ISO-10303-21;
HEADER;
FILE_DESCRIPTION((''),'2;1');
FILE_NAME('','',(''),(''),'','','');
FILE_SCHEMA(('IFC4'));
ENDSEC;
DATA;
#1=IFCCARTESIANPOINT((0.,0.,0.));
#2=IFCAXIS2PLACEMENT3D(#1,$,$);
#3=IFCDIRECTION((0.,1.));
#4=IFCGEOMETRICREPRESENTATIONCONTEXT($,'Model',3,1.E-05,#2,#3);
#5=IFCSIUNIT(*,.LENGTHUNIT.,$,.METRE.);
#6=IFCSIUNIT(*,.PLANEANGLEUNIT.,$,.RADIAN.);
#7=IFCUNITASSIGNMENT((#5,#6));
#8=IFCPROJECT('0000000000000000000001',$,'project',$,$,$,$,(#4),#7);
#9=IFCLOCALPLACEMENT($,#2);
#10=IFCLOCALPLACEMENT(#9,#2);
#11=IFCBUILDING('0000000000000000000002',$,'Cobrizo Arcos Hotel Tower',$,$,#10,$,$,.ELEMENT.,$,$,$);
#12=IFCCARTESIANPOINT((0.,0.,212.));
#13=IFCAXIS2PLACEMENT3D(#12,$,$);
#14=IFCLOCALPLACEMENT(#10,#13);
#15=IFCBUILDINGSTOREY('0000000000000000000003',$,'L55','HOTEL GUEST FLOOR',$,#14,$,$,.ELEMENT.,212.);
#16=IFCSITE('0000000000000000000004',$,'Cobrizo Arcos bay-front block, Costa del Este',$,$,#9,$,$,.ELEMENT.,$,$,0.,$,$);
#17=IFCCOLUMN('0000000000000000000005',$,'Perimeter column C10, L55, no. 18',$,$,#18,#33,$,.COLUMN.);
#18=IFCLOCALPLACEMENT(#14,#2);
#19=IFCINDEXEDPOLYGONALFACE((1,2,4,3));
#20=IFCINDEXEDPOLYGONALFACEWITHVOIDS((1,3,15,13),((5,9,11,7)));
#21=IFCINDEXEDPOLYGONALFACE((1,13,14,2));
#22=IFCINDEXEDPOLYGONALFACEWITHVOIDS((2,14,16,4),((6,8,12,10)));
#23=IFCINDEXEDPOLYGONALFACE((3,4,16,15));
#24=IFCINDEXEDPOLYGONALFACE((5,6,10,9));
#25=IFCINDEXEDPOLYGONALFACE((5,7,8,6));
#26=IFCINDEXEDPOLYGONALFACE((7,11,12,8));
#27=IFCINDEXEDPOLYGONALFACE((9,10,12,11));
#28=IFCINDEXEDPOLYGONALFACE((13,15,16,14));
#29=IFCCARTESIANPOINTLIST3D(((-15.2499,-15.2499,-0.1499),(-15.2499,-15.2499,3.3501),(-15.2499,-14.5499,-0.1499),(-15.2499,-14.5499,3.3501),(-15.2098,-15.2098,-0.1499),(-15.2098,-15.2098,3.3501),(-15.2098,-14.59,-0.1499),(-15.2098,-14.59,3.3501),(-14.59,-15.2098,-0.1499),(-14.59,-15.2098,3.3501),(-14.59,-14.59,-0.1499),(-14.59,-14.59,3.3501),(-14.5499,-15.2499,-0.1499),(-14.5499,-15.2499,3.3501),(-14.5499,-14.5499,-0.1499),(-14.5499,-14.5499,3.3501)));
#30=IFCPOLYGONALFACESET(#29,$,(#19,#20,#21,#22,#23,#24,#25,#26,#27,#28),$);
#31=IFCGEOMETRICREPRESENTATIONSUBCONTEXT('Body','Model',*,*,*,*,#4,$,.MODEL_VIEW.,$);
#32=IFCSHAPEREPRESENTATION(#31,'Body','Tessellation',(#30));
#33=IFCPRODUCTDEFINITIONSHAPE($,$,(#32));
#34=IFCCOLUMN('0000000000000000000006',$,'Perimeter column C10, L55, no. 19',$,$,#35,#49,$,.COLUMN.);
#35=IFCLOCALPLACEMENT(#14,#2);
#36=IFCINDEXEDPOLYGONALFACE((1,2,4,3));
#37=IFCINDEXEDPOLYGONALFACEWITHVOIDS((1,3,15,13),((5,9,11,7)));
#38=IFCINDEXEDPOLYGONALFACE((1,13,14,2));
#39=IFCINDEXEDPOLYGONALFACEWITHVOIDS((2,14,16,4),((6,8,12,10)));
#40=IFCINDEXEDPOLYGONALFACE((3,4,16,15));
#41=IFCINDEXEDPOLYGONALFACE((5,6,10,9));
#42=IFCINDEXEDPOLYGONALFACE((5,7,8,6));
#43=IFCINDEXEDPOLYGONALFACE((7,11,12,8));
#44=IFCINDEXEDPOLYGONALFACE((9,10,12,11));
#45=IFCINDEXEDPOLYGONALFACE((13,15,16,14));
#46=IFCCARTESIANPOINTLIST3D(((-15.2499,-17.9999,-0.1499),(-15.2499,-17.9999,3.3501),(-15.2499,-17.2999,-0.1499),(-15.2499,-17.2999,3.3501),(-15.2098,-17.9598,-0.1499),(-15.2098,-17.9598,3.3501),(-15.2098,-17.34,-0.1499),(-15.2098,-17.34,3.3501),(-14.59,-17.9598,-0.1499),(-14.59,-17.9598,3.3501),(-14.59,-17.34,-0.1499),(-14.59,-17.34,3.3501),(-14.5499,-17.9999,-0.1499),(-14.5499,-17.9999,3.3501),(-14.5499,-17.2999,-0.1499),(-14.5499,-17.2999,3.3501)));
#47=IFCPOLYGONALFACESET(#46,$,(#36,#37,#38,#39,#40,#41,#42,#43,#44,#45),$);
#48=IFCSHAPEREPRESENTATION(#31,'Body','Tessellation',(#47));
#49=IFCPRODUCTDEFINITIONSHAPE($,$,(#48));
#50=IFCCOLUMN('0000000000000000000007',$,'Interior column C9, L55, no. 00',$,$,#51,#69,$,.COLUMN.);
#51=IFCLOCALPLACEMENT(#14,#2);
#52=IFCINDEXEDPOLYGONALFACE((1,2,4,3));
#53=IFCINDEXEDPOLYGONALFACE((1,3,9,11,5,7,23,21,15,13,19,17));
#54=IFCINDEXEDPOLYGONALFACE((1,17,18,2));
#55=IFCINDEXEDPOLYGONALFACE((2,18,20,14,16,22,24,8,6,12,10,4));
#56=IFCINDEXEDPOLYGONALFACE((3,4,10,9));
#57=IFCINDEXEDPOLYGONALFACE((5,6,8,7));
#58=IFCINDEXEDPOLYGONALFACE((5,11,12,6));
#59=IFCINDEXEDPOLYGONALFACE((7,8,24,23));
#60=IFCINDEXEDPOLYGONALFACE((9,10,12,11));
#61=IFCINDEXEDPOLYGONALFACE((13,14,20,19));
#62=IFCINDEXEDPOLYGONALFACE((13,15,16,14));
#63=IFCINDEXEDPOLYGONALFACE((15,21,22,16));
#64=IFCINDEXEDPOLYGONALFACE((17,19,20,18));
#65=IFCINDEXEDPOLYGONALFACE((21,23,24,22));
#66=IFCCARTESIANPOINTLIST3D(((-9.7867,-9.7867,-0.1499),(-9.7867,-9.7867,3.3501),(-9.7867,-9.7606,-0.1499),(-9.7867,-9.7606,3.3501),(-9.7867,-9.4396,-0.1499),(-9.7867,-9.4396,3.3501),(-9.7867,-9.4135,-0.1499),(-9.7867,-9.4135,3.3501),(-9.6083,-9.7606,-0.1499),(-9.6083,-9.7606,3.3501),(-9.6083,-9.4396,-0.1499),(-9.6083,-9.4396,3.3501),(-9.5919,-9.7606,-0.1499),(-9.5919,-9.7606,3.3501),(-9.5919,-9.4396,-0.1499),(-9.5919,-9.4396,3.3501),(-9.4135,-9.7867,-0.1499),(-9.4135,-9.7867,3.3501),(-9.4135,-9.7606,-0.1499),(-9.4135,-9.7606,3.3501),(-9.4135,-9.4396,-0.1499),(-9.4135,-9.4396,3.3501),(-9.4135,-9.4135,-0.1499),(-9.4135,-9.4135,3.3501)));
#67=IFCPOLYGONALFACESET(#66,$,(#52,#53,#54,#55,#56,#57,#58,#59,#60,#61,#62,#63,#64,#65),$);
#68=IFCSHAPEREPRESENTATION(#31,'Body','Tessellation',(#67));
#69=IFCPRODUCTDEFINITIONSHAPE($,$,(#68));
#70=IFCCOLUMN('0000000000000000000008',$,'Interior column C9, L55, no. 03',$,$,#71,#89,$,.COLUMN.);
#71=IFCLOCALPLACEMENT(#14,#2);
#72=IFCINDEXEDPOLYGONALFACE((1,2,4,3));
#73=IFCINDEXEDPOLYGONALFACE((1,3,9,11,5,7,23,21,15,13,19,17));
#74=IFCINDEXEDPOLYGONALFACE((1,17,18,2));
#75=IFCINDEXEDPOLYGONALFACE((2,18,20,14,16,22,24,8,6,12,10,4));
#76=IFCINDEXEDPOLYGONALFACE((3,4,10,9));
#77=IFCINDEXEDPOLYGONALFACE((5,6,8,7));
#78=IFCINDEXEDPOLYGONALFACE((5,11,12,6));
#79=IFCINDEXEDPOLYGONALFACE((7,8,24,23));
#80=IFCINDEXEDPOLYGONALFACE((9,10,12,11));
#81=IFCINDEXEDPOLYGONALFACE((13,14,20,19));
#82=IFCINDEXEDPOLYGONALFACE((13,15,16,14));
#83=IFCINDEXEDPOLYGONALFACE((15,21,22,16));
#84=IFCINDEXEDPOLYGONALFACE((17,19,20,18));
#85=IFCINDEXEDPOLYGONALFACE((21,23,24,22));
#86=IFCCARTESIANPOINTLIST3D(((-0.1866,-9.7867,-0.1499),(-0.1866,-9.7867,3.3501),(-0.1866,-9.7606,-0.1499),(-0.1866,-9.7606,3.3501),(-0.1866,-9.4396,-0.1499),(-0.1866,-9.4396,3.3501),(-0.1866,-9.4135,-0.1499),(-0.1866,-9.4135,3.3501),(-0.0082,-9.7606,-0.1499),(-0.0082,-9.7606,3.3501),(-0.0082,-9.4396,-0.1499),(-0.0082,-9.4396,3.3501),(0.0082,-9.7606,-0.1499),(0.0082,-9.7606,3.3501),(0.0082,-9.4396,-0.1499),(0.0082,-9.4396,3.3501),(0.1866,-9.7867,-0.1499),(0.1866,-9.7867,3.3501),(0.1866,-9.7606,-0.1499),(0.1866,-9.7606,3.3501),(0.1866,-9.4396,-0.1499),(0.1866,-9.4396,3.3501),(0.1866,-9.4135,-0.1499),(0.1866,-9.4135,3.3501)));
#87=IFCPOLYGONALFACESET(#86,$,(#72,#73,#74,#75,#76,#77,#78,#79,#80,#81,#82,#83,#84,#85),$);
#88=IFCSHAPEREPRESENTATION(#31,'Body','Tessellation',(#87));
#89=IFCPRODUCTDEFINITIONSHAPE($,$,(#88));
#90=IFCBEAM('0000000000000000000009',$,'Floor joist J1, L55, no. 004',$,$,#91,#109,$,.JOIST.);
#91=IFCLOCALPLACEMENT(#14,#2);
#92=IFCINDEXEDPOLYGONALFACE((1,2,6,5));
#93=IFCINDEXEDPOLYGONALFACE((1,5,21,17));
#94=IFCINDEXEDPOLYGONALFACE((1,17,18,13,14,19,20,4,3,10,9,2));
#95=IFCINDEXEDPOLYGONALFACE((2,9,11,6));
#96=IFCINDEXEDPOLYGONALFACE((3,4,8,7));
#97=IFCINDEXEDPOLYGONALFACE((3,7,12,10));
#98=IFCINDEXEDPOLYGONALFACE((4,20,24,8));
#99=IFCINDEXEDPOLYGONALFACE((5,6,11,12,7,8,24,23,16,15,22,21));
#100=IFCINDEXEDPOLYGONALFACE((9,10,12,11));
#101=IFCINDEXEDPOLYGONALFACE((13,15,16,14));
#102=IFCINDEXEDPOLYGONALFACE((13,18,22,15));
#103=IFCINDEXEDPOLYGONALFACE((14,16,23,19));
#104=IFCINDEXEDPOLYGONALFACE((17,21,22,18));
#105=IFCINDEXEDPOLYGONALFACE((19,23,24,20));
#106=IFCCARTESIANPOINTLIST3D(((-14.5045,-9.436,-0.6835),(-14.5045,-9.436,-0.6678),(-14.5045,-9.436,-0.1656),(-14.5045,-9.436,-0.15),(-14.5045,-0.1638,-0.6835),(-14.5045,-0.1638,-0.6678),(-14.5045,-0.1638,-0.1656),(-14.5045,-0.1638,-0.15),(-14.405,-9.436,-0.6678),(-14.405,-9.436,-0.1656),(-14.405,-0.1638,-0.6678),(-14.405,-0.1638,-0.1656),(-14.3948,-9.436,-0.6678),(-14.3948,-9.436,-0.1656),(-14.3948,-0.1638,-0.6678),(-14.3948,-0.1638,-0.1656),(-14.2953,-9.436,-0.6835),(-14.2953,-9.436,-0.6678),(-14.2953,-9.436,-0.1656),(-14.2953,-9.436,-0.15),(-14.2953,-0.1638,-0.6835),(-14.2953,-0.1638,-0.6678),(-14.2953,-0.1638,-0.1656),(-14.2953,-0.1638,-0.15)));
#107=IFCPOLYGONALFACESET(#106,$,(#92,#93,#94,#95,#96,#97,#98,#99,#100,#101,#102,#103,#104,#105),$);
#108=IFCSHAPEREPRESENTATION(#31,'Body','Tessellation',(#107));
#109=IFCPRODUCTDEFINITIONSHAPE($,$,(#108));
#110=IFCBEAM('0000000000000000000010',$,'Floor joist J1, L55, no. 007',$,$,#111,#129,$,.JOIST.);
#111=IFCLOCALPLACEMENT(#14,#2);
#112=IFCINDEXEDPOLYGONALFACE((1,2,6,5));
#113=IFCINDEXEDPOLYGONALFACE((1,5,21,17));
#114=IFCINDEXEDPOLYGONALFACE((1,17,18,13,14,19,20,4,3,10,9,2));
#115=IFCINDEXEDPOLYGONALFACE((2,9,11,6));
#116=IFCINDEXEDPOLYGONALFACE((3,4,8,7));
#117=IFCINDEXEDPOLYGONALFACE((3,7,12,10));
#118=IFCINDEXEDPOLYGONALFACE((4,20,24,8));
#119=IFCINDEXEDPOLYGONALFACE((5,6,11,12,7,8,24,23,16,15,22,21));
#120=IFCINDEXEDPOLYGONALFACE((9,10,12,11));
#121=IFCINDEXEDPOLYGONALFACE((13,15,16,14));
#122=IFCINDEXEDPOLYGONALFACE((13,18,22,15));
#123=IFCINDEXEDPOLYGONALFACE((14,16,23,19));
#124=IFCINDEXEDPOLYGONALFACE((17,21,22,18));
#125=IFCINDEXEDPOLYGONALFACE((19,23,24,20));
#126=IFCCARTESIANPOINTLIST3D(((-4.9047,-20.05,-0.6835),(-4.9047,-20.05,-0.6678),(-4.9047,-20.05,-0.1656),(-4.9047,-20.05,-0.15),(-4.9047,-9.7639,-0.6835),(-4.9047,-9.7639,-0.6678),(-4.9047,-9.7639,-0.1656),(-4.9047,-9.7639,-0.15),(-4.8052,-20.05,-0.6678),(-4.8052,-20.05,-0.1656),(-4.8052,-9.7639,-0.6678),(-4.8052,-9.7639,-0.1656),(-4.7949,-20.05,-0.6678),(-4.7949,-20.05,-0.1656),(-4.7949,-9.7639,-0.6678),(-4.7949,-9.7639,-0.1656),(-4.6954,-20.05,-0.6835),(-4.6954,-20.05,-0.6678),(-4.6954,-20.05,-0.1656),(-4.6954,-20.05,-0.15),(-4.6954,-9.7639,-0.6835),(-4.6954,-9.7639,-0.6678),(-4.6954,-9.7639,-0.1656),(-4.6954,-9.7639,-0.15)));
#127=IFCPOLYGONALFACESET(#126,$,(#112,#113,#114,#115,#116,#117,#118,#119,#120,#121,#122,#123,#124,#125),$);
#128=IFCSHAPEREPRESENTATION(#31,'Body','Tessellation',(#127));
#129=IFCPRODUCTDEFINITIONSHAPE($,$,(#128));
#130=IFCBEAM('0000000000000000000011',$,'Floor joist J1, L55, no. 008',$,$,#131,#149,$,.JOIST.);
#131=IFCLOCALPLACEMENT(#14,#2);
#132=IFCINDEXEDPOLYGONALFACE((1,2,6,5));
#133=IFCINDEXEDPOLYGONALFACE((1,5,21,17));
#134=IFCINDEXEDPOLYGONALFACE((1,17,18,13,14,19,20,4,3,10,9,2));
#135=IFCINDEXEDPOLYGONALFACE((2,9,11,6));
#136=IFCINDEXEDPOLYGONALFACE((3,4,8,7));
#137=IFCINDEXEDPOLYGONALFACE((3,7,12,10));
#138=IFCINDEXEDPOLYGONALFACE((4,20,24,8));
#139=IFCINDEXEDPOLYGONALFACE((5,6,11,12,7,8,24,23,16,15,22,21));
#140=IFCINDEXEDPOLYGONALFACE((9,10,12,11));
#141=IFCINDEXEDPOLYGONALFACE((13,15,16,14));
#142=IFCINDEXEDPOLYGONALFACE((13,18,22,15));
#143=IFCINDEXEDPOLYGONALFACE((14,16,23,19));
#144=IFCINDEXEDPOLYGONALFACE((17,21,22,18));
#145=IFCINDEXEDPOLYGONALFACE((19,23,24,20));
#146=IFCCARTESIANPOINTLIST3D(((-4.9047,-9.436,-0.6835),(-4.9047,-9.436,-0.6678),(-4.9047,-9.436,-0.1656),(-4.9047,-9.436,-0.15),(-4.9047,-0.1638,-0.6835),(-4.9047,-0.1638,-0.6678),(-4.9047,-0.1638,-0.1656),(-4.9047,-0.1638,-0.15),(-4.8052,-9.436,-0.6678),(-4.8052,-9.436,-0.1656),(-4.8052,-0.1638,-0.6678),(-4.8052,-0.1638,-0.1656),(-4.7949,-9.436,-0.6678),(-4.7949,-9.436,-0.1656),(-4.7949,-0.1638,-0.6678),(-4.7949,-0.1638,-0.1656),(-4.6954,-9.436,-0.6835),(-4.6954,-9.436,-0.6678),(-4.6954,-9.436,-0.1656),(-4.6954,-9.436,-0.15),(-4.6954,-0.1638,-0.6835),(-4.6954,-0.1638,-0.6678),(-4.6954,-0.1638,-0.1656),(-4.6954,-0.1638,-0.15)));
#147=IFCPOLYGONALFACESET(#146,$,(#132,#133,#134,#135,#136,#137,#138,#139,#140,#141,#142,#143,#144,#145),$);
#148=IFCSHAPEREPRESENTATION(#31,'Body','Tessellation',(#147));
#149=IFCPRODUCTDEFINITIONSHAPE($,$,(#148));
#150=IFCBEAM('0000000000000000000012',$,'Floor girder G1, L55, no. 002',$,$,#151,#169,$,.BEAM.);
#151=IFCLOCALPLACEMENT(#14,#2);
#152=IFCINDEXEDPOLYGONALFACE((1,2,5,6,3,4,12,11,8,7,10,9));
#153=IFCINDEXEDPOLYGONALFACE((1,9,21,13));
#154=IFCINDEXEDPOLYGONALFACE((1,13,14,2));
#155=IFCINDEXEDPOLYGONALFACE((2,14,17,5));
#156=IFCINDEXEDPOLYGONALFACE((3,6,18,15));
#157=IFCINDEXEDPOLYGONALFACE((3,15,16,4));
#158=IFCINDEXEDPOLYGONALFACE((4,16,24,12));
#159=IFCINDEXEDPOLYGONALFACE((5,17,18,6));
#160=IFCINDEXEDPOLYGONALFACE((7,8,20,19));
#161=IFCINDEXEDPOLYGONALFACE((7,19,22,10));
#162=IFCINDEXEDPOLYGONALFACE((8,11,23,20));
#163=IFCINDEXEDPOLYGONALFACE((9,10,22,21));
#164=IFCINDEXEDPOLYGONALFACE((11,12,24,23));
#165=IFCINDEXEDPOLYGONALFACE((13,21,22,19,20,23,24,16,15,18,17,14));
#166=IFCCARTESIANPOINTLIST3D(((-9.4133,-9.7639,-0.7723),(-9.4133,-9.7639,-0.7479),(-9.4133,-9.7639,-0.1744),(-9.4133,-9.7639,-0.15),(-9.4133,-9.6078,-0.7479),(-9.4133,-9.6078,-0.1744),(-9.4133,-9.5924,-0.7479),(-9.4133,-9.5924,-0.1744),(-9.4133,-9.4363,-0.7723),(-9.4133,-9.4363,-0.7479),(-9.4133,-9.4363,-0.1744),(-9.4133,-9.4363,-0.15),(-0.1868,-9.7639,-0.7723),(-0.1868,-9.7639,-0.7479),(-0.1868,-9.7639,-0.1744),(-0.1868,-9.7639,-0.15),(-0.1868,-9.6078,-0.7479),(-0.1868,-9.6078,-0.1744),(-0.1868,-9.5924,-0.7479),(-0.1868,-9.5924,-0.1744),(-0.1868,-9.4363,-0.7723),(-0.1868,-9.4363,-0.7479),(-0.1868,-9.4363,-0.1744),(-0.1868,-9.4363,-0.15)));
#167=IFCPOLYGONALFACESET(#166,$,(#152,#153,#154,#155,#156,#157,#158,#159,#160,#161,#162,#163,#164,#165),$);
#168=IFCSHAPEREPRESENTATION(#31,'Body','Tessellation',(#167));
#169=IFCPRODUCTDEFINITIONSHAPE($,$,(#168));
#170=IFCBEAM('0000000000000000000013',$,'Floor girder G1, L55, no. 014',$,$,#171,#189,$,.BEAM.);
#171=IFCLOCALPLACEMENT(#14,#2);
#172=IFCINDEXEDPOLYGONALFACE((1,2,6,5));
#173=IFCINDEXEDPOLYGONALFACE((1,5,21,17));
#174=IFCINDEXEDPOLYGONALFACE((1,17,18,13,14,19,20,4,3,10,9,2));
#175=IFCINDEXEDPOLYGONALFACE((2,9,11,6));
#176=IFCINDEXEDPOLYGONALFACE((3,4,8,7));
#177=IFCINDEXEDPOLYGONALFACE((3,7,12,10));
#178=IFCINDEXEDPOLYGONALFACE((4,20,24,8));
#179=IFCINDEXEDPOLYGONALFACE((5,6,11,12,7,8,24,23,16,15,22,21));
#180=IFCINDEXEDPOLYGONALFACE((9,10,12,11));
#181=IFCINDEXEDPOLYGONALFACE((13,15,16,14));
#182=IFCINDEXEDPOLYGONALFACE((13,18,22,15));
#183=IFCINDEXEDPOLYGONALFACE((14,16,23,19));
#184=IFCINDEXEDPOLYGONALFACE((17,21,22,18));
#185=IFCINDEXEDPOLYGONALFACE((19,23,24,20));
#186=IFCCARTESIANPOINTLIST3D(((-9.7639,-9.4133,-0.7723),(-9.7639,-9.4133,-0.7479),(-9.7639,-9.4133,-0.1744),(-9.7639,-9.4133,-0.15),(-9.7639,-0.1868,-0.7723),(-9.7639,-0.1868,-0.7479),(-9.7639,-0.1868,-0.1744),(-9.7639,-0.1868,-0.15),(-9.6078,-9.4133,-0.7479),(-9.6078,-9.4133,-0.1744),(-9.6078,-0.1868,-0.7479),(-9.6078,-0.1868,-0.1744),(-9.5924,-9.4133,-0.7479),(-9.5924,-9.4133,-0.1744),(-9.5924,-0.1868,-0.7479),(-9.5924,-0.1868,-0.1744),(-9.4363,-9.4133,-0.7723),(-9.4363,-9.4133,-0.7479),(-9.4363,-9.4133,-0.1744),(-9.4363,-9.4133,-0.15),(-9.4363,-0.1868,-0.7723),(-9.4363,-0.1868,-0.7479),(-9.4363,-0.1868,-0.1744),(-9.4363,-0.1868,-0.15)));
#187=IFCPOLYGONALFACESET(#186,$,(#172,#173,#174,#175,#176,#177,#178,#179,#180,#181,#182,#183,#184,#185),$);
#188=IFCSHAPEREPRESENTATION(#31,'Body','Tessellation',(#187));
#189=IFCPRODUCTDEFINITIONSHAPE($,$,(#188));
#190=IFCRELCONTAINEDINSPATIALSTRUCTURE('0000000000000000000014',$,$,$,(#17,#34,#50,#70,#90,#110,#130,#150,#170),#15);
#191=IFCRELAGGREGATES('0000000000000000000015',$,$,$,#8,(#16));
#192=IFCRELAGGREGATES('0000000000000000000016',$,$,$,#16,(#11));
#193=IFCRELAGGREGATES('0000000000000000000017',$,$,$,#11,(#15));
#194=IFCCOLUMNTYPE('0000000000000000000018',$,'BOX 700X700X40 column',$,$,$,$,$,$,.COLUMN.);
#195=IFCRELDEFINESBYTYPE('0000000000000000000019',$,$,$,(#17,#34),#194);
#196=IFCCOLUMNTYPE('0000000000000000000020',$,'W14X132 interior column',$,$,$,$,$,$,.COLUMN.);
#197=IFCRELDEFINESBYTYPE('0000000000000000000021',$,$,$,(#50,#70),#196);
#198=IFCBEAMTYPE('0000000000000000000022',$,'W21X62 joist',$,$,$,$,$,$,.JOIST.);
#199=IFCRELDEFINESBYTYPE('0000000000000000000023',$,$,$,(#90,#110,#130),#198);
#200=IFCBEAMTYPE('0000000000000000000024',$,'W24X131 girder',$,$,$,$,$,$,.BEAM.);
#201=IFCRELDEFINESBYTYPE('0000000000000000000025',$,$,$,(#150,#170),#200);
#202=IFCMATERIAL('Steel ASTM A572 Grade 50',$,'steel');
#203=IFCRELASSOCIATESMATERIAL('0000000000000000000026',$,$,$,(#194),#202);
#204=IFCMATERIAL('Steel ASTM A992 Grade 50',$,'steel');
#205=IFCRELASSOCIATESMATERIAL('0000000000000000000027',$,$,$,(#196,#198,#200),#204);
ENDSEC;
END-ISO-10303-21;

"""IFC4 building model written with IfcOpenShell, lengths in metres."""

from ifc_helpers import new_model, si_unit, direction, frame, origin, origin_2d, place, context, subcontext, project, spatial, hollow_rectangle, i_section, extrude, material, material_profile, profile_set, type_object, element, save


model = new_model("IFC4")

# Units and contexts
model_context = context("Model", 3, precision=1e-05, world=origin(), true_north=direction((0.0, 1.0)))
body_context = subcontext(model_context, "Body", "Model", "MODEL_VIEW")
ifc_project = project(units=[si_unit("LENGTHUNIT", "METRE"), si_unit("PLANEANGLEUNIT", "RADIAN")], contexts=[model_context])

# Site, building, storey
site_placement = place(None, origin())
site = spatial("IfcSite", under=ifc_project, at=site_placement, Name="Cobrizo Arcos bay-front block, Costa del Este", CompositionType="ELEMENT", RefElevation=0.0)
building_placement = place(site_placement, origin())
building = spatial("IfcBuilding", under=site, at=building_placement, Name="Cobrizo Arcos Hotel Tower", CompositionType="ELEMENT")
storey_placement = place(building_placement, frame((0.0, 0.0, 212.0)))
storey = spatial("IfcBuildingStorey", under=building, at=storey_placement, Name="L55", Description="HOTEL GUEST FLOOR", CompositionType="ELEMENT", Elevation=212.0)

# Columns
ifc_material_1 = material(Name="Steel ASTM A572 Grade 50", Category="steel")
ifc_material_profile_1 = material_profile(ifc_material_1, hollow_rectangle(XDim=0.7, YDim=0.7, WallThickness=0.04, at=origin_2d()), Name="BOX 700X700X40")
ifc_profile_set_1 = profile_set([ifc_material_profile_1], Name="Steel ASTM A572 Grade 50")
column_type_1 = type_object("IfcColumnType", Name="BOX 700X700X40 column", PredefinedType="COLUMN", material=ifc_profile_set_1)
for number, where, z_axis, x_axis, name in (
    (1, (-14.8999, -14.8999, -0.1499), (0.0, 0.0, 1.0), (1.0, 0.0, 0.0), "Perimeter column C10, L55, no. 18"),
    (2, (-14.8999, -17.6499, -0.1499), (0.0, 0.0, 1.0), (1.0, 0.0, 0.0), "Perimeter column C10, L55, no. 19"),
):
    element("IfcColumn", number, at=place(storey_placement, frame(where, z_axis=z_axis, x_axis=x_axis)), inside=storey, type_object=column_type_1, Name=name, PredefinedType="COLUMN", context=body_context, shape_type="SweptSolid", body=[
        extrude(hollow_rectangle(XDim=0.7, YDim=0.7, WallThickness=0.04, at=origin_2d()), origin(), (0.0, 0.0, 1.0), 3.5),
    ])
ifc_material_2 = material(Name="Steel ASTM A992 Grade 50", Category="steel")
ifc_material_profile_2 = material_profile(ifc_material_2, i_section(OverallWidth=0.3733, OverallDepth=0.3733, WebThickness=0.0164, FlangeThickness=0.0261, at=origin_2d()), Name="W14X132")
ifc_profile_set_2 = profile_set([ifc_material_profile_2], Name="Steel ASTM A992 Grade 50")
column_type_2 = type_object("IfcColumnType", Name="W14X132 interior column", PredefinedType="COLUMN", material=ifc_profile_set_2)
for number, where, z_axis, x_axis, name in (
    (3, (-9.6001, -9.6001, -0.1499), (0.0, 0.0, 1.0), (1.0, 0.0, 0.0), "Interior column C9, L55, no. 00"),
    (4, (0.0, -9.6001, -0.1499), (0.0, 0.0, 1.0), (1.0, 0.0, 0.0), "Interior column C9, L55, no. 03"),
):
    element("IfcColumn", number, at=place(storey_placement, frame(where, z_axis=z_axis, x_axis=x_axis)), inside=storey, type_object=column_type_2, Name=name, PredefinedType="COLUMN", context=body_context, shape_type="SweptSolid", body=[
        extrude(i_section(OverallWidth=0.3733, OverallDepth=0.3733, WebThickness=0.0164, FlangeThickness=0.0261, at=origin_2d()), origin(), (0.0, 0.0, 1.0), 3.5),
    ])

# Beams
ifc_material_profile_3 = material_profile(ifc_material_2, i_section(OverallWidth=0.2092, OverallDepth=0.5334, WebThickness=0.0103, FlangeThickness=0.0156, at=origin_2d()), Name="W21X62")
ifc_profile_set_3 = profile_set([ifc_material_profile_3], Name="Steel ASTM A992 Grade 50")
beam_type_1 = type_object("IfcBeamType", Name="W21X62 joist", PredefinedType="JOIST", material=ifc_profile_set_3)
beam_1_placement = place(storey_placement, frame((-14.3999, -9.436, -0.4167), z_axis=(0.0, 1.0, 0.0), x_axis=(-1.0, 0.0, 0.0)))
element("IfcBeam", 5, at=beam_1_placement, inside=storey, type_object=beam_type_1, Name="Floor joist J1, L55, no. 004", PredefinedType="JOIST", context=body_context, shape_type="SweptSolid", body=[
    extrude(i_section(OverallWidth=0.2092, OverallDepth=0.5334, WebThickness=0.0103, FlangeThickness=0.0156, at=origin_2d()), origin(), (0.0, 0.0, 1.0), 9.2722),
])
beam_2_placement = place(storey_placement, frame((-4.8, -20.05, -0.4167), z_axis=(0.0, 1.0, 0.0), x_axis=(-1.0, 0.0, 0.0)))
element("IfcBeam", 6, at=beam_2_placement, inside=storey, type_object=beam_type_1, Name="Floor joist J1, L55, no. 007", PredefinedType="JOIST", context=body_context, shape_type="SweptSolid", body=[
    extrude(i_section(OverallWidth=0.2092, OverallDepth=0.5334, WebThickness=0.0103, FlangeThickness=0.0156, at=origin_2d()), origin(), (0.0, 0.0, 1.0), 10.2861),
])
beam_3_placement = place(storey_placement, frame((-4.8, -9.436, -0.4167), z_axis=(0.0, 1.0, 0.0), x_axis=(-1.0, 0.0, 0.0)))
element("IfcBeam", 7, at=beam_3_placement, inside=storey, type_object=beam_type_1, Name="Floor joist J1, L55, no. 008", PredefinedType="JOIST", context=body_context, shape_type="SweptSolid", body=[
    extrude(i_section(OverallWidth=0.2092, OverallDepth=0.5334, WebThickness=0.0103, FlangeThickness=0.0156, at=origin_2d()), origin(), (0.0, 0.0, 1.0), 9.2722),
])
ifc_material_profile_4 = material_profile(ifc_material_2, i_section(OverallWidth=0.3276, OverallDepth=0.6223, WebThickness=0.0154, FlangeThickness=0.0244, at=origin_2d()), Name="W24X131")
ifc_profile_set_4 = profile_set([ifc_material_profile_4], Name="Steel ASTM A992 Grade 50")
beam_type_2 = type_object("IfcBeamType", Name="W24X131 girder", PredefinedType="BEAM", material=ifc_profile_set_4)
for number, where, z_axis, x_axis, name in (
    (8, (-9.4133, -9.6001, -0.4612), (1.0, 0.0, 0.0), (0.0, 1.0, 0.0), "Floor girder G1, L55, no. 002"),
    (9, (-9.6001, -9.4133, -0.4612), (0.0, 1.0, 0.0), (-1.0, 0.0, 0.0), "Floor girder G1, L55, no. 014"),
):
    element("IfcBeam", number, at=place(storey_placement, frame(where, z_axis=z_axis, x_axis=x_axis)), inside=storey, type_object=beam_type_2, Name=name, PredefinedType="BEAM", context=body_context, shape_type="SweptSolid", body=[
        extrude(i_section(OverallWidth=0.3276, OverallDepth=0.6223, WebThickness=0.0154, FlangeThickness=0.0244, at=origin_2d()), origin(), (0.0, 0.0, 1.0), 9.2266),
    ])

save(model, "model.ifc")
